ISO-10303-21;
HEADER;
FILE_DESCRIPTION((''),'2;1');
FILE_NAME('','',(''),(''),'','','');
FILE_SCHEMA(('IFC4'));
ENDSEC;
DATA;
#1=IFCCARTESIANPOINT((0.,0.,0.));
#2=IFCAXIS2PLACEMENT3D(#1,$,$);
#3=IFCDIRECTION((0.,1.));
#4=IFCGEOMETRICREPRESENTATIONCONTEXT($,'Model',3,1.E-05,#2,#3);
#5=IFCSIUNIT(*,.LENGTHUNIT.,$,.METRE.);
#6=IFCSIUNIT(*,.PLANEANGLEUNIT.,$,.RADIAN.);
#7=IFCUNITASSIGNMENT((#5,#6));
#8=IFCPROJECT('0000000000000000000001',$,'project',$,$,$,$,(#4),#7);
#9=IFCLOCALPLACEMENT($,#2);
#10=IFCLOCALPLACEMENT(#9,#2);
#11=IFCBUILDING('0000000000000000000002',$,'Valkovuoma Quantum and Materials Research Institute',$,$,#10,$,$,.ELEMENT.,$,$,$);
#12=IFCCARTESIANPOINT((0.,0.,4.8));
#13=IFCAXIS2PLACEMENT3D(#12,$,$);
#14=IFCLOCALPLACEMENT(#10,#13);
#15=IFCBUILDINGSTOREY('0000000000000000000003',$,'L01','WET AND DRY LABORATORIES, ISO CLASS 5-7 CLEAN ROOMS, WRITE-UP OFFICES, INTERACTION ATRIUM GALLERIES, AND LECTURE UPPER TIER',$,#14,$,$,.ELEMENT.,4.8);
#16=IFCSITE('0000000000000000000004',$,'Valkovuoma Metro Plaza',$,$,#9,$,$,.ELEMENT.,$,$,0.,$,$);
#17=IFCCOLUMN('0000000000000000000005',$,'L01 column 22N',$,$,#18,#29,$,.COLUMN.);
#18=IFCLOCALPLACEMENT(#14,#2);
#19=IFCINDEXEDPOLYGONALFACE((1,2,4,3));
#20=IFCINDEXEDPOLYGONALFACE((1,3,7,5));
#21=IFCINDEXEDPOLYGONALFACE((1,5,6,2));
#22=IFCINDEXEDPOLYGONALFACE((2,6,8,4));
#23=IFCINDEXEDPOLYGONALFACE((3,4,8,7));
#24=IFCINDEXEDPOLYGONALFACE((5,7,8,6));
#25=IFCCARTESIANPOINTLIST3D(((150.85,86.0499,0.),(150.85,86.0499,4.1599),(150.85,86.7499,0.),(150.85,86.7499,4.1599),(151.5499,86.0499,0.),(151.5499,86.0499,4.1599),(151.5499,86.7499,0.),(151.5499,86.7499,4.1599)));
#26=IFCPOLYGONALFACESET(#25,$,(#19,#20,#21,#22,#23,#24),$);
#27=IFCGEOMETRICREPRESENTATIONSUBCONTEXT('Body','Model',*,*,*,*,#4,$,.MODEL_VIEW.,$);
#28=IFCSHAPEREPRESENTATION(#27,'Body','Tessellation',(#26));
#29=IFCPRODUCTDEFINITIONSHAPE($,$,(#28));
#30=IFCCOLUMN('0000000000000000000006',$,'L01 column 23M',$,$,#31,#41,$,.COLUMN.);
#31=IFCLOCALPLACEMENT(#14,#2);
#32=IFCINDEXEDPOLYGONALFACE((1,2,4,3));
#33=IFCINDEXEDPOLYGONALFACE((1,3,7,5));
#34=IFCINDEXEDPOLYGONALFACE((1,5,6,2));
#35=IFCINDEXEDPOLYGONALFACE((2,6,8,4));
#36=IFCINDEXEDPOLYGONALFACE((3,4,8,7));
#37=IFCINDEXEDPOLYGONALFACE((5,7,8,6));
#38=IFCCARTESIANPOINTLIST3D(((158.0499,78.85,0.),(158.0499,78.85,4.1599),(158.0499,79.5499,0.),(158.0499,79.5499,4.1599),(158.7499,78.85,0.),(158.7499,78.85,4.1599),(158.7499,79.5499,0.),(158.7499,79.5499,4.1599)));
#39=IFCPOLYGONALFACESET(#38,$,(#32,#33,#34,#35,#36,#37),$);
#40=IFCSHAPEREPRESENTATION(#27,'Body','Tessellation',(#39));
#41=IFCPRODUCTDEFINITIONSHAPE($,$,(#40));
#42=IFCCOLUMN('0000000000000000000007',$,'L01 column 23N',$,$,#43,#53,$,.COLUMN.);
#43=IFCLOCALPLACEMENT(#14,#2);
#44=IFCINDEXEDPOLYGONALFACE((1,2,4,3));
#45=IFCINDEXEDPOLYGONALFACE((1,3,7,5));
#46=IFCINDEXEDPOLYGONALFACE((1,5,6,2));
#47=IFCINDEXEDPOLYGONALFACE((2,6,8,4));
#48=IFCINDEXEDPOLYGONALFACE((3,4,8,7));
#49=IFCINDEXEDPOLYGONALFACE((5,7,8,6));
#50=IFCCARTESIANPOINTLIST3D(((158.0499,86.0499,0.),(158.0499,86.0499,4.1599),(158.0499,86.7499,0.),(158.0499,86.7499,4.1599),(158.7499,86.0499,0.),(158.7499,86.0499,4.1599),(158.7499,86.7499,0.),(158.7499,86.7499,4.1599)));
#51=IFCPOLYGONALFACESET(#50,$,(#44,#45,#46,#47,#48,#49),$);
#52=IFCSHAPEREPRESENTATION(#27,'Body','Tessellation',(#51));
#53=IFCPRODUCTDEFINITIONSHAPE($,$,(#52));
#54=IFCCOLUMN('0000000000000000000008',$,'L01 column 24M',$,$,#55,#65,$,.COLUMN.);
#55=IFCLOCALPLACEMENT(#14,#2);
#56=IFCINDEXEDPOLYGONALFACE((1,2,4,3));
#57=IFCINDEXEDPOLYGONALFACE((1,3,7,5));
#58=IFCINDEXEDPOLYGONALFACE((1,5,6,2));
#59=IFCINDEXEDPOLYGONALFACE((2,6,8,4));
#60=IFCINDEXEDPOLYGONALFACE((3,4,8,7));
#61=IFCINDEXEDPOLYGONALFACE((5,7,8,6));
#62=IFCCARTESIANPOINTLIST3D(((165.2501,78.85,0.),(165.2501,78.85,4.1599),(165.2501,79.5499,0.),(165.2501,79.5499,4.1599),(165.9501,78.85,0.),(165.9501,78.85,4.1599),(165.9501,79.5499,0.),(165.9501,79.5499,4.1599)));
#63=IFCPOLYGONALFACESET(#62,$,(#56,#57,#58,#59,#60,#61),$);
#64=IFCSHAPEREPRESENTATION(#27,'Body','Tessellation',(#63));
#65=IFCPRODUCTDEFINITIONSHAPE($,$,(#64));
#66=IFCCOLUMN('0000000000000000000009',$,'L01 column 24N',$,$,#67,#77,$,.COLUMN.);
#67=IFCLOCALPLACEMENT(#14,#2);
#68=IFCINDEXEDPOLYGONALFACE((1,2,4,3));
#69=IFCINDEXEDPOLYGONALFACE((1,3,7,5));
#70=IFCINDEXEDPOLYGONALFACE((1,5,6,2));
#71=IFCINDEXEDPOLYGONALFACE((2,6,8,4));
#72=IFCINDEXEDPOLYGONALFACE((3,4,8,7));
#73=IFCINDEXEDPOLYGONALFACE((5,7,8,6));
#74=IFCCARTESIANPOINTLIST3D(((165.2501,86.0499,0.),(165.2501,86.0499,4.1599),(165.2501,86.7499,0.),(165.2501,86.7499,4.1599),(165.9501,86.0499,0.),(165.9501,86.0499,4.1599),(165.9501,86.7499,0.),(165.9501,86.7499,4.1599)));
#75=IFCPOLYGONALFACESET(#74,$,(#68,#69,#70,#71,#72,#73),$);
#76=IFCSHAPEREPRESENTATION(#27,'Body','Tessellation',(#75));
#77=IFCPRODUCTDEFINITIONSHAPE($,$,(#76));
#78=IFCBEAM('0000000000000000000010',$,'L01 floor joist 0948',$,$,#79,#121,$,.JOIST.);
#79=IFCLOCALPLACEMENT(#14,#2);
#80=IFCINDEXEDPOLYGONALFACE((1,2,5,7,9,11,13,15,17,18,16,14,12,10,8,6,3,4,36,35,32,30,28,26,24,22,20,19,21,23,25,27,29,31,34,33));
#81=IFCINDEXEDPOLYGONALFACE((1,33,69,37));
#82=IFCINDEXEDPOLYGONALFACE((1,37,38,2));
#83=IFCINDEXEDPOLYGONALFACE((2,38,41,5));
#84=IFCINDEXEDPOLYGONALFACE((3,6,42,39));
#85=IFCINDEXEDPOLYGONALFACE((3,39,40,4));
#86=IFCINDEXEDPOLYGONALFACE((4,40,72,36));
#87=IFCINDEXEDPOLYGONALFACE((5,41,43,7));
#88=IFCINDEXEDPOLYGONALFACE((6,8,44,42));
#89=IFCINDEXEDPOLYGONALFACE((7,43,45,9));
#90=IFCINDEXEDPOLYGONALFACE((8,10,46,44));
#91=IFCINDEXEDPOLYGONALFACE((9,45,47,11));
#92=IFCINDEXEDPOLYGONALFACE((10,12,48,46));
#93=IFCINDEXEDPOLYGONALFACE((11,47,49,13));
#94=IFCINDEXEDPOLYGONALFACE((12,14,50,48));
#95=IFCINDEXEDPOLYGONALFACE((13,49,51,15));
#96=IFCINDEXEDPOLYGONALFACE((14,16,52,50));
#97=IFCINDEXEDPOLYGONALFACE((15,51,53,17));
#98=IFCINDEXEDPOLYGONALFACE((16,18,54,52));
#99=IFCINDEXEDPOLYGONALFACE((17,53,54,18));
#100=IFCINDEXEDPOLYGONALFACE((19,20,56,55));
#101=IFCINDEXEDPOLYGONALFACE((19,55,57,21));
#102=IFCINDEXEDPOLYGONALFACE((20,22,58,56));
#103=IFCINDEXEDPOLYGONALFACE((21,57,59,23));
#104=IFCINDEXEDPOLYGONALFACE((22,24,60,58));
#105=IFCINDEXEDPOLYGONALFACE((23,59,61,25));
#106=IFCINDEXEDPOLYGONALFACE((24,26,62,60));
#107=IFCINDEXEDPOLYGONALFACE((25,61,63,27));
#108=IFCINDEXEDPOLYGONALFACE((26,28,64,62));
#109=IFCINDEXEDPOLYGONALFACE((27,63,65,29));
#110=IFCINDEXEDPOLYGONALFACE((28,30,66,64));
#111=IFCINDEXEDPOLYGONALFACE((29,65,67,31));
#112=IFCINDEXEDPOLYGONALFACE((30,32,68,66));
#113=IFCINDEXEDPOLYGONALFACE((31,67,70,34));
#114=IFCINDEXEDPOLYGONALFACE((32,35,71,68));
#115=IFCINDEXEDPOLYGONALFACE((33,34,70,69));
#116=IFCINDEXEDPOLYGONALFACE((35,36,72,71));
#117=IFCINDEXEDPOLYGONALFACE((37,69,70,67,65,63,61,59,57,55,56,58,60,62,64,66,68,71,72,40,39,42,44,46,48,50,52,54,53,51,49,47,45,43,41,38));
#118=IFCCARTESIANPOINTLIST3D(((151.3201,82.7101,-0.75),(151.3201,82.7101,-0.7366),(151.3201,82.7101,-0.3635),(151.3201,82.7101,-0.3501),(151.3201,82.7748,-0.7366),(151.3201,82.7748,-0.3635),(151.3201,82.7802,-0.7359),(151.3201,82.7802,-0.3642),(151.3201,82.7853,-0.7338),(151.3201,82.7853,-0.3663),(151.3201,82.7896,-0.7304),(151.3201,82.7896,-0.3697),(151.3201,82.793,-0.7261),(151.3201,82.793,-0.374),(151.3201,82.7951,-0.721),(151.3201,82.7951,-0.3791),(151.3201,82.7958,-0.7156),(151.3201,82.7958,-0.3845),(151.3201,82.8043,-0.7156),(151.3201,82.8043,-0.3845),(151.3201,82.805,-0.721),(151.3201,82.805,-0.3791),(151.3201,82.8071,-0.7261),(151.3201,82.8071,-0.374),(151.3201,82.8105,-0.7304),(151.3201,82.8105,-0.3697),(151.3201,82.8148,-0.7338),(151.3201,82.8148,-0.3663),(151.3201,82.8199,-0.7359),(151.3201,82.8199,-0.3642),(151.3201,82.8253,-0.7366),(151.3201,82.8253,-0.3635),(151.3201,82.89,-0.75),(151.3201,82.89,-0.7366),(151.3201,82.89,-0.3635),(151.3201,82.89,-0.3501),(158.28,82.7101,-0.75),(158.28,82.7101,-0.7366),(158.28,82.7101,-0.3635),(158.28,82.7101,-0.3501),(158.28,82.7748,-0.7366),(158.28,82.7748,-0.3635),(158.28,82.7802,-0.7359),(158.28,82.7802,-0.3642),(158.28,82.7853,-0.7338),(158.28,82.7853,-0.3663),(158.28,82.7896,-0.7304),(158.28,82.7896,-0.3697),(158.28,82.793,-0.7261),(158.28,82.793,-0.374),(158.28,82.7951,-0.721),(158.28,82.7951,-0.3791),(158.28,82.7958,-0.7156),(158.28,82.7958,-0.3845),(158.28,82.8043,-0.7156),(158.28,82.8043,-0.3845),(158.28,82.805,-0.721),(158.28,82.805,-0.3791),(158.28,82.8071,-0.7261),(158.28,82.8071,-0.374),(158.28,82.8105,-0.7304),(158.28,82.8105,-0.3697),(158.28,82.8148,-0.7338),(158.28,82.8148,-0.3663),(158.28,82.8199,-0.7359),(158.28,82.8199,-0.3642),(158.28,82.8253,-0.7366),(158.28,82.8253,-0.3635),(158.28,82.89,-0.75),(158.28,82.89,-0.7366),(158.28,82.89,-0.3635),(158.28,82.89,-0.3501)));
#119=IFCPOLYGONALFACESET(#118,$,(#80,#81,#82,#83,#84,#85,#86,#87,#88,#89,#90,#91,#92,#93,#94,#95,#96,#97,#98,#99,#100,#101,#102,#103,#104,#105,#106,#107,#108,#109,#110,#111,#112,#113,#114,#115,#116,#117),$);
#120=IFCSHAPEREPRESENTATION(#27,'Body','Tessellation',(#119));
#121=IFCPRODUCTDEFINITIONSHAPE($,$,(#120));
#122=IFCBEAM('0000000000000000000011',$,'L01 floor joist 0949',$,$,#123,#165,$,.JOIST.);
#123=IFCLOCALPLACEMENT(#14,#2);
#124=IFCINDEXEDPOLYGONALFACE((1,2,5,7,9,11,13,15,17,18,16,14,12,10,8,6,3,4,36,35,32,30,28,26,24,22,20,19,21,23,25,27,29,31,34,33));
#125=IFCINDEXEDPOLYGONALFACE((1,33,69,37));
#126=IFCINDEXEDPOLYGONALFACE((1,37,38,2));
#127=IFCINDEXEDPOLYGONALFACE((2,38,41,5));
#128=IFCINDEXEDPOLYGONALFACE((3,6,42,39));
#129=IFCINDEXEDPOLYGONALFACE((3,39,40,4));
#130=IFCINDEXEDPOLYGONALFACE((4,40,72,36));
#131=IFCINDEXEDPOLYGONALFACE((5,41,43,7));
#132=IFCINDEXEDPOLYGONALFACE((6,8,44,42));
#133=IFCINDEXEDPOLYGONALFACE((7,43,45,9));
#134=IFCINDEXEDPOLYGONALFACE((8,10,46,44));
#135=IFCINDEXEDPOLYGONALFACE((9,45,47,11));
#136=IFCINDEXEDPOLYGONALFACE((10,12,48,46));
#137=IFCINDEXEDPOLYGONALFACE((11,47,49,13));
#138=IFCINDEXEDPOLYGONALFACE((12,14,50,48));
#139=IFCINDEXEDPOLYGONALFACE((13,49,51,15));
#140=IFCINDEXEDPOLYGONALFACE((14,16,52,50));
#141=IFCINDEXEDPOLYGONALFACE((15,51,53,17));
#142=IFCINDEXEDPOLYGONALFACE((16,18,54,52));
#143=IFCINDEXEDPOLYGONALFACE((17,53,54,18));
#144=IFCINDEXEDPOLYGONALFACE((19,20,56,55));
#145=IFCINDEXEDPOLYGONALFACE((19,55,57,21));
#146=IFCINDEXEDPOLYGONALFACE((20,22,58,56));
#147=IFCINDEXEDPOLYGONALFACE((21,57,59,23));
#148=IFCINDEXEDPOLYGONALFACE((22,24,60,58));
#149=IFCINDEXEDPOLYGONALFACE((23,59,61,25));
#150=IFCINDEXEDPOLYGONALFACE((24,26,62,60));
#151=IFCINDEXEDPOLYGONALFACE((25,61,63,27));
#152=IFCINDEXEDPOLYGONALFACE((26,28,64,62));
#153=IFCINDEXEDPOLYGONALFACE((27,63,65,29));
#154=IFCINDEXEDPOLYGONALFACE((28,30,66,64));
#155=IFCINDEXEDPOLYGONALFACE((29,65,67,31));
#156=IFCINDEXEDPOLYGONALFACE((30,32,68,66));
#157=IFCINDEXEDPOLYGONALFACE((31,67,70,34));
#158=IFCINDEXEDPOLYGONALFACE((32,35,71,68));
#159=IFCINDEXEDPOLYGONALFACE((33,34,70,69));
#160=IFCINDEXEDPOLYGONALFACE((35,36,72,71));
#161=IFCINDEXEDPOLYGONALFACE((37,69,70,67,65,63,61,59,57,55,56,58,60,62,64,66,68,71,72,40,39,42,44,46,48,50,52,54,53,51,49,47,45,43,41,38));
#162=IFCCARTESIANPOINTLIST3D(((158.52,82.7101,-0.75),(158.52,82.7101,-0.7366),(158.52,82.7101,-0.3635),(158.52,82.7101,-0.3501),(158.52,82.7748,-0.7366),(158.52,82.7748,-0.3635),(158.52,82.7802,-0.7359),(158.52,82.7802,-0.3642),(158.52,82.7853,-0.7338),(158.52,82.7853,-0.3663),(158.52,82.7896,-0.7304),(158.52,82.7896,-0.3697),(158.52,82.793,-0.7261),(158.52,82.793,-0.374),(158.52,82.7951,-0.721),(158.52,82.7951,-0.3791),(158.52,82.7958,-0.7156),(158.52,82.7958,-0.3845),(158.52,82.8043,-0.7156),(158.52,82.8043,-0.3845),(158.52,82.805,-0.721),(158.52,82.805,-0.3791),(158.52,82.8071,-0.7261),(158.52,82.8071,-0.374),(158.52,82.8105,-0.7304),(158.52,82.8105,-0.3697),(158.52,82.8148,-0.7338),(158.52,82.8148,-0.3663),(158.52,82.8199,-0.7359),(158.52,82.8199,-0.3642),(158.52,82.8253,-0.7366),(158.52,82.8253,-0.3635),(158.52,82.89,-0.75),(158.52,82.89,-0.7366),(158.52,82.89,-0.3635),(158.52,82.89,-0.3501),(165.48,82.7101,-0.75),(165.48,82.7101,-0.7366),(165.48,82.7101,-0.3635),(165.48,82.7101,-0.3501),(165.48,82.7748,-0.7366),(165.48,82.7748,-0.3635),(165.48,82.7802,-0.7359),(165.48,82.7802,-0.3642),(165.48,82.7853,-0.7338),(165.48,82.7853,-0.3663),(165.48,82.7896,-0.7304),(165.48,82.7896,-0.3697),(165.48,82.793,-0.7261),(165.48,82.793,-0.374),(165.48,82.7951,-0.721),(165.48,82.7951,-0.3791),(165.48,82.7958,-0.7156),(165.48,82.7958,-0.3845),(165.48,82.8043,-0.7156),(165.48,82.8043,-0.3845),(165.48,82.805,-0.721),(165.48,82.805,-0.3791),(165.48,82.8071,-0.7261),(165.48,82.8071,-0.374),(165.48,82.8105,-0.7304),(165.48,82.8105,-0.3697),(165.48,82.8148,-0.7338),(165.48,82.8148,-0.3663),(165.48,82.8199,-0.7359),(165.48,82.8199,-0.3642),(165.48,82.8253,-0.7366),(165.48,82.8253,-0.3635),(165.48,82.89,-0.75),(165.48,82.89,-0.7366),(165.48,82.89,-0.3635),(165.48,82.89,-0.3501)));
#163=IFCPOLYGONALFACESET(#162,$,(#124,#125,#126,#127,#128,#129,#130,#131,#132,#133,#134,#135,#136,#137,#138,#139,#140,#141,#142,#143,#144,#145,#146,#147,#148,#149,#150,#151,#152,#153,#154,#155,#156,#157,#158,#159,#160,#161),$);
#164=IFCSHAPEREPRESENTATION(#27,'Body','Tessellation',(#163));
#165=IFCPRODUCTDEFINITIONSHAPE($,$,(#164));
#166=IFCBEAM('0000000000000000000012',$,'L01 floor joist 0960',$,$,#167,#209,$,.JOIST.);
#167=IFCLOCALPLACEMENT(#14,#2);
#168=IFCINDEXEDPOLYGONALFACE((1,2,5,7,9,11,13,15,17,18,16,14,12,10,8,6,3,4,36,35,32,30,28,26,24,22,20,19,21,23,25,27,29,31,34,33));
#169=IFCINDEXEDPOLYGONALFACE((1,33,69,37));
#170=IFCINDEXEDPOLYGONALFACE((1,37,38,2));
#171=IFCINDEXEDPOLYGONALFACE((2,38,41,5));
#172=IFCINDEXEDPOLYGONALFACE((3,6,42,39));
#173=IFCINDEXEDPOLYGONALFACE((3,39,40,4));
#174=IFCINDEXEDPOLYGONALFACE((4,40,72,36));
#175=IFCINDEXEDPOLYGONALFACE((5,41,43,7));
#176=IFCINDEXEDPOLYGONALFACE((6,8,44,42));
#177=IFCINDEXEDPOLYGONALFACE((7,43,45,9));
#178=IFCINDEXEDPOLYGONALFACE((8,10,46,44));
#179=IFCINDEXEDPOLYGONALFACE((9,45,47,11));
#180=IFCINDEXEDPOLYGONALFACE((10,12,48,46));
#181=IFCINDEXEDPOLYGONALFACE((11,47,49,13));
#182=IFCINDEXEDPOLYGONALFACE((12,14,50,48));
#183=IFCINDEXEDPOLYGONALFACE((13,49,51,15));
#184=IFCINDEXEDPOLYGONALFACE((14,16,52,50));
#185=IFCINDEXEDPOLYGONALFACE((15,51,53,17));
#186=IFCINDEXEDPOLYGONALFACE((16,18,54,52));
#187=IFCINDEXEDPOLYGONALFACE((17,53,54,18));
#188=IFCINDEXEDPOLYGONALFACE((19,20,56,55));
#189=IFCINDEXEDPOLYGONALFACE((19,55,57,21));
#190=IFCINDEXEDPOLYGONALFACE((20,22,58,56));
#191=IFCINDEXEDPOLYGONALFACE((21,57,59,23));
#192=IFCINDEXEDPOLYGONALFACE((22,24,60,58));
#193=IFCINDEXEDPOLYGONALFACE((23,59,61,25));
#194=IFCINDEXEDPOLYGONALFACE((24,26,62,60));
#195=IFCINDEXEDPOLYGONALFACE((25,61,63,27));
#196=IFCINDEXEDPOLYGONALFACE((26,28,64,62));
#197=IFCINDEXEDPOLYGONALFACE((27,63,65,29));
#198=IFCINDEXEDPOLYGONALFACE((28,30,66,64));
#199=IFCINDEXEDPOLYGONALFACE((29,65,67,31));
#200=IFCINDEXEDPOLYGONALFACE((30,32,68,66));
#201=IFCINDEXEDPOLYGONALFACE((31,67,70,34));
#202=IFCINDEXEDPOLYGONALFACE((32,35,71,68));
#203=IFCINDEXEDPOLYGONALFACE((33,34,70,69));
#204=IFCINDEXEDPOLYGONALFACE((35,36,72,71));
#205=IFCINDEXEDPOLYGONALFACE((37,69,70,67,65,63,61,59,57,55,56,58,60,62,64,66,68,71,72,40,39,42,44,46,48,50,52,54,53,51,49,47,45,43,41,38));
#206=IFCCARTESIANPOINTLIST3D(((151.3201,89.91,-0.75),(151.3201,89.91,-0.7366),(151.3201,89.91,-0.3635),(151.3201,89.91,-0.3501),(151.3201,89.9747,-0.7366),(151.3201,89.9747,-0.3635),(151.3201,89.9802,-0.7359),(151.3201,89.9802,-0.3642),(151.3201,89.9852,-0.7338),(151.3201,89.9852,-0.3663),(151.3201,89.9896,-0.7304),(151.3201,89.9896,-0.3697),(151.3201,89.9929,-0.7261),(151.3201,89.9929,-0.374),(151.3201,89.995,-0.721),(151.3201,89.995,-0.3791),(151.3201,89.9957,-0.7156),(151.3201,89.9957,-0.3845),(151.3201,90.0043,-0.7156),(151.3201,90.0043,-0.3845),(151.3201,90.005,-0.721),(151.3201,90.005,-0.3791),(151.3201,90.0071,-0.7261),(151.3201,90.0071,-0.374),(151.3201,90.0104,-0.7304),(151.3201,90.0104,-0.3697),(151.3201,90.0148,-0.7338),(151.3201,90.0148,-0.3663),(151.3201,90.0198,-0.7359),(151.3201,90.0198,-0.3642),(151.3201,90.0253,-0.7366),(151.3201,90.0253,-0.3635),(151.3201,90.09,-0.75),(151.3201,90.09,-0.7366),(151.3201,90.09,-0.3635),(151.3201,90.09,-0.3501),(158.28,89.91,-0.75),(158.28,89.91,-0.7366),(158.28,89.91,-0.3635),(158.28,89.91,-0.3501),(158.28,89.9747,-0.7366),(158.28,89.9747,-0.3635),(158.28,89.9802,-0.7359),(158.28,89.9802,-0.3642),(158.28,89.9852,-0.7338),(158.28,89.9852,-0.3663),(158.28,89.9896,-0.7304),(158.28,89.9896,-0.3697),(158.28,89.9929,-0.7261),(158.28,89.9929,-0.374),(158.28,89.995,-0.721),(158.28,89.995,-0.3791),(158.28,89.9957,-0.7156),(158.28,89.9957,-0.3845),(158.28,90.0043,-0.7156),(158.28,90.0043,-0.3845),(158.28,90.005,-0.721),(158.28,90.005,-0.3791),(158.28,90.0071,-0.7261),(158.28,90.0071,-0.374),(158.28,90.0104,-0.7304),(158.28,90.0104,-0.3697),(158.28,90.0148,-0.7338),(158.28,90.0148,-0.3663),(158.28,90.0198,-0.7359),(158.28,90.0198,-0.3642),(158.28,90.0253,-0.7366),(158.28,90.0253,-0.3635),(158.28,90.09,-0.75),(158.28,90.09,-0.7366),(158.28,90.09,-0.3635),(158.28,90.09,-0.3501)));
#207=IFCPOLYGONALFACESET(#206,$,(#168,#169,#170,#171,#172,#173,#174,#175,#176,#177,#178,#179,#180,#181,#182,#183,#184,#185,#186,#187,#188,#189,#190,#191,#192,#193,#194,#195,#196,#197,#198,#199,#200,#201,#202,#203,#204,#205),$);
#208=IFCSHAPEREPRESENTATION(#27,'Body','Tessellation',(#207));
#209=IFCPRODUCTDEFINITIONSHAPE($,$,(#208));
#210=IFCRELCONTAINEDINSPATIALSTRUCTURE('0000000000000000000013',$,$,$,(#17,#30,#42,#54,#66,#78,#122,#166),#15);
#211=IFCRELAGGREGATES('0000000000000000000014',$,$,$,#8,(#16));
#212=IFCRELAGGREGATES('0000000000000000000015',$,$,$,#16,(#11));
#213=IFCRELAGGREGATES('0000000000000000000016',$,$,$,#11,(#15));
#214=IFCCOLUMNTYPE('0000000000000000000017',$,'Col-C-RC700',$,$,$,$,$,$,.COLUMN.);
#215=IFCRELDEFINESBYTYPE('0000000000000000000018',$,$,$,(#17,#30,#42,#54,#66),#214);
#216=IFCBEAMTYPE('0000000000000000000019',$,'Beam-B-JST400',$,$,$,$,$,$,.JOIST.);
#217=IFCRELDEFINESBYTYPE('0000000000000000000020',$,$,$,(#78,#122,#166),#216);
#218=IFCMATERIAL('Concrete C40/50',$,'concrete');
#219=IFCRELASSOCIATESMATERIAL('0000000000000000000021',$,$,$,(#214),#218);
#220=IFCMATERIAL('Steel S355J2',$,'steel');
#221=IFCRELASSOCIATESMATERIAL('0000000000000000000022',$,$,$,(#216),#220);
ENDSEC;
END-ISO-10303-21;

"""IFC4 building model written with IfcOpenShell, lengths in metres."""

from ifc_helpers import new_model, si_unit, direction, frame, origin, origin_2d, place, context, subcontext, project, spatial, rectangle, i_section, extrude, material, material_profile, profile_set, type_object, element, save


model = new_model("IFC4")

# Units and contexts
model_context = context("Model", 3, precision=1e-05, world=origin(), true_north=direction((0.0, 1.0)))
body_context = subcontext(model_context, "Body", "Model", "MODEL_VIEW")
ifc_project = project(units=[si_unit("LENGTHUNIT", "METRE"), si_unit("PLANEANGLEUNIT", "RADIAN")], contexts=[model_context])

# Site, building, storey
site_placement = place(None, origin())
site = spatial("IfcSite", under=ifc_project, at=site_placement, Name="Valkovuoma Metro Plaza", CompositionType="ELEMENT", RefElevation=0.0)
building_placement = place(site_placement, origin())
building = spatial("IfcBuilding", under=site, at=building_placement, Name="Valkovuoma Quantum and Materials Research Institute", CompositionType="ELEMENT")
storey_placement = place(building_placement, frame((0.0, 0.0, 4.8)))
storey = spatial("IfcBuildingStorey", under=building, at=storey_placement, Name="L01", Description="WET AND DRY LABORATORIES, ISO CLASS 5-7 CLEAN ROOMS, WRITE-UP OFFICES, INTERACTION ATRIUM GALLERIES, AND LECTURE UPPER TIER", CompositionType="ELEMENT", Elevation=4.8)

# Columns
ifc_material_1 = material(Name="Concrete C40/50", Category="concrete")
ifc_material_profile_1 = material_profile(ifc_material_1, rectangle(XDim=0.7, YDim=0.7, at=origin_2d()), Name="Concrete C40/50")
ifc_profile_set_1 = profile_set([ifc_material_profile_1], Name="Concrete C40/50")
column_type = type_object("IfcColumnType", Name="Col-C-RC700", PredefinedType="COLUMN", material=ifc_profile_set_1)
for number, where, z_axis, x_axis, name in (
    (1, (151.2, 86.3999, 0.0), (0.0, 0.0, 1.0), (1.0, 0.0, 0.0), "L01 column 22N"),
    (2, (158.3999, 79.2, 0.0), (0.0, 0.0, 1.0), (1.0, 0.0, 0.0), "L01 column 23M"),
    (3, (158.3999, 86.3999, 0.0), (0.0, 0.0, 1.0), (1.0, 0.0, 0.0), "L01 column 23N"),
    (4, (165.6001, 79.2, 0.0), (0.0, 0.0, 1.0), (1.0, 0.0, 0.0), "L01 column 24M"),
    (5, (165.6001, 86.3999, 0.0), (0.0, 0.0, 1.0), (1.0, 0.0, 0.0), "L01 column 24N"),
):
    element("IfcColumn", number, at=place(storey_placement, frame(where, z_axis=z_axis, x_axis=x_axis)), inside=storey, type_object=column_type, Name=name, PredefinedType="COLUMN", context=body_context, shape_type="SweptSolid", body=[
        extrude(rectangle(XDim=0.7, YDim=0.7, at=origin_2d()), origin(), (0.0, 0.0, 1.0), 4.1599),
    ])

# Beams
ifc_material_2 = material(Name="Steel S355J2", Category="steel")
ifc_material_profile_2 = material_profile(ifc_material_2, i_section(OverallWidth=0.1799, OverallDepth=0.3999, WebThickness=0.0085, FlangeThickness=0.0134, FilletRadius=0.021, at=origin_2d()), Name="Steel S355J2")
ifc_profile_set_2 = profile_set([ifc_material_profile_2], Name="Steel S355J2")
beam_type_1 = type_object("IfcBeamType", Name="Beam-B-JST400", PredefinedType="JOIST", material=ifc_profile_set_2)
for number, where, z_axis, x_axis, name in (
    (6, (151.3201, 82.8, -0.55), (1.0, 0.0, 0.0), (0.0, 1.0, 0.0), "L01 floor joist 0948"),
    (7, (158.52, 82.8, -0.55), (1.0, 0.0, 0.0), (0.0, 1.0, 0.0), "L01 floor joist 0949"),
    (8, (151.3201, 90.0, -0.55), (1.0, 0.0, 0.0), (0.0, 1.0, 0.0), "L01 floor joist 0960"),
):
    element("IfcBeam", number, at=place(storey_placement, frame(where, z_axis=z_axis, x_axis=x_axis)), inside=storey, type_object=beam_type_1, Name=name, PredefinedType="JOIST", context=body_context, shape_type="SweptSolid", body=[
        extrude(i_section(OverallWidth=0.1799, OverallDepth=0.3999, WebThickness=0.0085, FlangeThickness=0.0134, FilletRadius=0.021, at=origin_2d()), origin(), (0.0, 0.0, 1.0), 6.96),
    ])

save(model, "model.ifc")
